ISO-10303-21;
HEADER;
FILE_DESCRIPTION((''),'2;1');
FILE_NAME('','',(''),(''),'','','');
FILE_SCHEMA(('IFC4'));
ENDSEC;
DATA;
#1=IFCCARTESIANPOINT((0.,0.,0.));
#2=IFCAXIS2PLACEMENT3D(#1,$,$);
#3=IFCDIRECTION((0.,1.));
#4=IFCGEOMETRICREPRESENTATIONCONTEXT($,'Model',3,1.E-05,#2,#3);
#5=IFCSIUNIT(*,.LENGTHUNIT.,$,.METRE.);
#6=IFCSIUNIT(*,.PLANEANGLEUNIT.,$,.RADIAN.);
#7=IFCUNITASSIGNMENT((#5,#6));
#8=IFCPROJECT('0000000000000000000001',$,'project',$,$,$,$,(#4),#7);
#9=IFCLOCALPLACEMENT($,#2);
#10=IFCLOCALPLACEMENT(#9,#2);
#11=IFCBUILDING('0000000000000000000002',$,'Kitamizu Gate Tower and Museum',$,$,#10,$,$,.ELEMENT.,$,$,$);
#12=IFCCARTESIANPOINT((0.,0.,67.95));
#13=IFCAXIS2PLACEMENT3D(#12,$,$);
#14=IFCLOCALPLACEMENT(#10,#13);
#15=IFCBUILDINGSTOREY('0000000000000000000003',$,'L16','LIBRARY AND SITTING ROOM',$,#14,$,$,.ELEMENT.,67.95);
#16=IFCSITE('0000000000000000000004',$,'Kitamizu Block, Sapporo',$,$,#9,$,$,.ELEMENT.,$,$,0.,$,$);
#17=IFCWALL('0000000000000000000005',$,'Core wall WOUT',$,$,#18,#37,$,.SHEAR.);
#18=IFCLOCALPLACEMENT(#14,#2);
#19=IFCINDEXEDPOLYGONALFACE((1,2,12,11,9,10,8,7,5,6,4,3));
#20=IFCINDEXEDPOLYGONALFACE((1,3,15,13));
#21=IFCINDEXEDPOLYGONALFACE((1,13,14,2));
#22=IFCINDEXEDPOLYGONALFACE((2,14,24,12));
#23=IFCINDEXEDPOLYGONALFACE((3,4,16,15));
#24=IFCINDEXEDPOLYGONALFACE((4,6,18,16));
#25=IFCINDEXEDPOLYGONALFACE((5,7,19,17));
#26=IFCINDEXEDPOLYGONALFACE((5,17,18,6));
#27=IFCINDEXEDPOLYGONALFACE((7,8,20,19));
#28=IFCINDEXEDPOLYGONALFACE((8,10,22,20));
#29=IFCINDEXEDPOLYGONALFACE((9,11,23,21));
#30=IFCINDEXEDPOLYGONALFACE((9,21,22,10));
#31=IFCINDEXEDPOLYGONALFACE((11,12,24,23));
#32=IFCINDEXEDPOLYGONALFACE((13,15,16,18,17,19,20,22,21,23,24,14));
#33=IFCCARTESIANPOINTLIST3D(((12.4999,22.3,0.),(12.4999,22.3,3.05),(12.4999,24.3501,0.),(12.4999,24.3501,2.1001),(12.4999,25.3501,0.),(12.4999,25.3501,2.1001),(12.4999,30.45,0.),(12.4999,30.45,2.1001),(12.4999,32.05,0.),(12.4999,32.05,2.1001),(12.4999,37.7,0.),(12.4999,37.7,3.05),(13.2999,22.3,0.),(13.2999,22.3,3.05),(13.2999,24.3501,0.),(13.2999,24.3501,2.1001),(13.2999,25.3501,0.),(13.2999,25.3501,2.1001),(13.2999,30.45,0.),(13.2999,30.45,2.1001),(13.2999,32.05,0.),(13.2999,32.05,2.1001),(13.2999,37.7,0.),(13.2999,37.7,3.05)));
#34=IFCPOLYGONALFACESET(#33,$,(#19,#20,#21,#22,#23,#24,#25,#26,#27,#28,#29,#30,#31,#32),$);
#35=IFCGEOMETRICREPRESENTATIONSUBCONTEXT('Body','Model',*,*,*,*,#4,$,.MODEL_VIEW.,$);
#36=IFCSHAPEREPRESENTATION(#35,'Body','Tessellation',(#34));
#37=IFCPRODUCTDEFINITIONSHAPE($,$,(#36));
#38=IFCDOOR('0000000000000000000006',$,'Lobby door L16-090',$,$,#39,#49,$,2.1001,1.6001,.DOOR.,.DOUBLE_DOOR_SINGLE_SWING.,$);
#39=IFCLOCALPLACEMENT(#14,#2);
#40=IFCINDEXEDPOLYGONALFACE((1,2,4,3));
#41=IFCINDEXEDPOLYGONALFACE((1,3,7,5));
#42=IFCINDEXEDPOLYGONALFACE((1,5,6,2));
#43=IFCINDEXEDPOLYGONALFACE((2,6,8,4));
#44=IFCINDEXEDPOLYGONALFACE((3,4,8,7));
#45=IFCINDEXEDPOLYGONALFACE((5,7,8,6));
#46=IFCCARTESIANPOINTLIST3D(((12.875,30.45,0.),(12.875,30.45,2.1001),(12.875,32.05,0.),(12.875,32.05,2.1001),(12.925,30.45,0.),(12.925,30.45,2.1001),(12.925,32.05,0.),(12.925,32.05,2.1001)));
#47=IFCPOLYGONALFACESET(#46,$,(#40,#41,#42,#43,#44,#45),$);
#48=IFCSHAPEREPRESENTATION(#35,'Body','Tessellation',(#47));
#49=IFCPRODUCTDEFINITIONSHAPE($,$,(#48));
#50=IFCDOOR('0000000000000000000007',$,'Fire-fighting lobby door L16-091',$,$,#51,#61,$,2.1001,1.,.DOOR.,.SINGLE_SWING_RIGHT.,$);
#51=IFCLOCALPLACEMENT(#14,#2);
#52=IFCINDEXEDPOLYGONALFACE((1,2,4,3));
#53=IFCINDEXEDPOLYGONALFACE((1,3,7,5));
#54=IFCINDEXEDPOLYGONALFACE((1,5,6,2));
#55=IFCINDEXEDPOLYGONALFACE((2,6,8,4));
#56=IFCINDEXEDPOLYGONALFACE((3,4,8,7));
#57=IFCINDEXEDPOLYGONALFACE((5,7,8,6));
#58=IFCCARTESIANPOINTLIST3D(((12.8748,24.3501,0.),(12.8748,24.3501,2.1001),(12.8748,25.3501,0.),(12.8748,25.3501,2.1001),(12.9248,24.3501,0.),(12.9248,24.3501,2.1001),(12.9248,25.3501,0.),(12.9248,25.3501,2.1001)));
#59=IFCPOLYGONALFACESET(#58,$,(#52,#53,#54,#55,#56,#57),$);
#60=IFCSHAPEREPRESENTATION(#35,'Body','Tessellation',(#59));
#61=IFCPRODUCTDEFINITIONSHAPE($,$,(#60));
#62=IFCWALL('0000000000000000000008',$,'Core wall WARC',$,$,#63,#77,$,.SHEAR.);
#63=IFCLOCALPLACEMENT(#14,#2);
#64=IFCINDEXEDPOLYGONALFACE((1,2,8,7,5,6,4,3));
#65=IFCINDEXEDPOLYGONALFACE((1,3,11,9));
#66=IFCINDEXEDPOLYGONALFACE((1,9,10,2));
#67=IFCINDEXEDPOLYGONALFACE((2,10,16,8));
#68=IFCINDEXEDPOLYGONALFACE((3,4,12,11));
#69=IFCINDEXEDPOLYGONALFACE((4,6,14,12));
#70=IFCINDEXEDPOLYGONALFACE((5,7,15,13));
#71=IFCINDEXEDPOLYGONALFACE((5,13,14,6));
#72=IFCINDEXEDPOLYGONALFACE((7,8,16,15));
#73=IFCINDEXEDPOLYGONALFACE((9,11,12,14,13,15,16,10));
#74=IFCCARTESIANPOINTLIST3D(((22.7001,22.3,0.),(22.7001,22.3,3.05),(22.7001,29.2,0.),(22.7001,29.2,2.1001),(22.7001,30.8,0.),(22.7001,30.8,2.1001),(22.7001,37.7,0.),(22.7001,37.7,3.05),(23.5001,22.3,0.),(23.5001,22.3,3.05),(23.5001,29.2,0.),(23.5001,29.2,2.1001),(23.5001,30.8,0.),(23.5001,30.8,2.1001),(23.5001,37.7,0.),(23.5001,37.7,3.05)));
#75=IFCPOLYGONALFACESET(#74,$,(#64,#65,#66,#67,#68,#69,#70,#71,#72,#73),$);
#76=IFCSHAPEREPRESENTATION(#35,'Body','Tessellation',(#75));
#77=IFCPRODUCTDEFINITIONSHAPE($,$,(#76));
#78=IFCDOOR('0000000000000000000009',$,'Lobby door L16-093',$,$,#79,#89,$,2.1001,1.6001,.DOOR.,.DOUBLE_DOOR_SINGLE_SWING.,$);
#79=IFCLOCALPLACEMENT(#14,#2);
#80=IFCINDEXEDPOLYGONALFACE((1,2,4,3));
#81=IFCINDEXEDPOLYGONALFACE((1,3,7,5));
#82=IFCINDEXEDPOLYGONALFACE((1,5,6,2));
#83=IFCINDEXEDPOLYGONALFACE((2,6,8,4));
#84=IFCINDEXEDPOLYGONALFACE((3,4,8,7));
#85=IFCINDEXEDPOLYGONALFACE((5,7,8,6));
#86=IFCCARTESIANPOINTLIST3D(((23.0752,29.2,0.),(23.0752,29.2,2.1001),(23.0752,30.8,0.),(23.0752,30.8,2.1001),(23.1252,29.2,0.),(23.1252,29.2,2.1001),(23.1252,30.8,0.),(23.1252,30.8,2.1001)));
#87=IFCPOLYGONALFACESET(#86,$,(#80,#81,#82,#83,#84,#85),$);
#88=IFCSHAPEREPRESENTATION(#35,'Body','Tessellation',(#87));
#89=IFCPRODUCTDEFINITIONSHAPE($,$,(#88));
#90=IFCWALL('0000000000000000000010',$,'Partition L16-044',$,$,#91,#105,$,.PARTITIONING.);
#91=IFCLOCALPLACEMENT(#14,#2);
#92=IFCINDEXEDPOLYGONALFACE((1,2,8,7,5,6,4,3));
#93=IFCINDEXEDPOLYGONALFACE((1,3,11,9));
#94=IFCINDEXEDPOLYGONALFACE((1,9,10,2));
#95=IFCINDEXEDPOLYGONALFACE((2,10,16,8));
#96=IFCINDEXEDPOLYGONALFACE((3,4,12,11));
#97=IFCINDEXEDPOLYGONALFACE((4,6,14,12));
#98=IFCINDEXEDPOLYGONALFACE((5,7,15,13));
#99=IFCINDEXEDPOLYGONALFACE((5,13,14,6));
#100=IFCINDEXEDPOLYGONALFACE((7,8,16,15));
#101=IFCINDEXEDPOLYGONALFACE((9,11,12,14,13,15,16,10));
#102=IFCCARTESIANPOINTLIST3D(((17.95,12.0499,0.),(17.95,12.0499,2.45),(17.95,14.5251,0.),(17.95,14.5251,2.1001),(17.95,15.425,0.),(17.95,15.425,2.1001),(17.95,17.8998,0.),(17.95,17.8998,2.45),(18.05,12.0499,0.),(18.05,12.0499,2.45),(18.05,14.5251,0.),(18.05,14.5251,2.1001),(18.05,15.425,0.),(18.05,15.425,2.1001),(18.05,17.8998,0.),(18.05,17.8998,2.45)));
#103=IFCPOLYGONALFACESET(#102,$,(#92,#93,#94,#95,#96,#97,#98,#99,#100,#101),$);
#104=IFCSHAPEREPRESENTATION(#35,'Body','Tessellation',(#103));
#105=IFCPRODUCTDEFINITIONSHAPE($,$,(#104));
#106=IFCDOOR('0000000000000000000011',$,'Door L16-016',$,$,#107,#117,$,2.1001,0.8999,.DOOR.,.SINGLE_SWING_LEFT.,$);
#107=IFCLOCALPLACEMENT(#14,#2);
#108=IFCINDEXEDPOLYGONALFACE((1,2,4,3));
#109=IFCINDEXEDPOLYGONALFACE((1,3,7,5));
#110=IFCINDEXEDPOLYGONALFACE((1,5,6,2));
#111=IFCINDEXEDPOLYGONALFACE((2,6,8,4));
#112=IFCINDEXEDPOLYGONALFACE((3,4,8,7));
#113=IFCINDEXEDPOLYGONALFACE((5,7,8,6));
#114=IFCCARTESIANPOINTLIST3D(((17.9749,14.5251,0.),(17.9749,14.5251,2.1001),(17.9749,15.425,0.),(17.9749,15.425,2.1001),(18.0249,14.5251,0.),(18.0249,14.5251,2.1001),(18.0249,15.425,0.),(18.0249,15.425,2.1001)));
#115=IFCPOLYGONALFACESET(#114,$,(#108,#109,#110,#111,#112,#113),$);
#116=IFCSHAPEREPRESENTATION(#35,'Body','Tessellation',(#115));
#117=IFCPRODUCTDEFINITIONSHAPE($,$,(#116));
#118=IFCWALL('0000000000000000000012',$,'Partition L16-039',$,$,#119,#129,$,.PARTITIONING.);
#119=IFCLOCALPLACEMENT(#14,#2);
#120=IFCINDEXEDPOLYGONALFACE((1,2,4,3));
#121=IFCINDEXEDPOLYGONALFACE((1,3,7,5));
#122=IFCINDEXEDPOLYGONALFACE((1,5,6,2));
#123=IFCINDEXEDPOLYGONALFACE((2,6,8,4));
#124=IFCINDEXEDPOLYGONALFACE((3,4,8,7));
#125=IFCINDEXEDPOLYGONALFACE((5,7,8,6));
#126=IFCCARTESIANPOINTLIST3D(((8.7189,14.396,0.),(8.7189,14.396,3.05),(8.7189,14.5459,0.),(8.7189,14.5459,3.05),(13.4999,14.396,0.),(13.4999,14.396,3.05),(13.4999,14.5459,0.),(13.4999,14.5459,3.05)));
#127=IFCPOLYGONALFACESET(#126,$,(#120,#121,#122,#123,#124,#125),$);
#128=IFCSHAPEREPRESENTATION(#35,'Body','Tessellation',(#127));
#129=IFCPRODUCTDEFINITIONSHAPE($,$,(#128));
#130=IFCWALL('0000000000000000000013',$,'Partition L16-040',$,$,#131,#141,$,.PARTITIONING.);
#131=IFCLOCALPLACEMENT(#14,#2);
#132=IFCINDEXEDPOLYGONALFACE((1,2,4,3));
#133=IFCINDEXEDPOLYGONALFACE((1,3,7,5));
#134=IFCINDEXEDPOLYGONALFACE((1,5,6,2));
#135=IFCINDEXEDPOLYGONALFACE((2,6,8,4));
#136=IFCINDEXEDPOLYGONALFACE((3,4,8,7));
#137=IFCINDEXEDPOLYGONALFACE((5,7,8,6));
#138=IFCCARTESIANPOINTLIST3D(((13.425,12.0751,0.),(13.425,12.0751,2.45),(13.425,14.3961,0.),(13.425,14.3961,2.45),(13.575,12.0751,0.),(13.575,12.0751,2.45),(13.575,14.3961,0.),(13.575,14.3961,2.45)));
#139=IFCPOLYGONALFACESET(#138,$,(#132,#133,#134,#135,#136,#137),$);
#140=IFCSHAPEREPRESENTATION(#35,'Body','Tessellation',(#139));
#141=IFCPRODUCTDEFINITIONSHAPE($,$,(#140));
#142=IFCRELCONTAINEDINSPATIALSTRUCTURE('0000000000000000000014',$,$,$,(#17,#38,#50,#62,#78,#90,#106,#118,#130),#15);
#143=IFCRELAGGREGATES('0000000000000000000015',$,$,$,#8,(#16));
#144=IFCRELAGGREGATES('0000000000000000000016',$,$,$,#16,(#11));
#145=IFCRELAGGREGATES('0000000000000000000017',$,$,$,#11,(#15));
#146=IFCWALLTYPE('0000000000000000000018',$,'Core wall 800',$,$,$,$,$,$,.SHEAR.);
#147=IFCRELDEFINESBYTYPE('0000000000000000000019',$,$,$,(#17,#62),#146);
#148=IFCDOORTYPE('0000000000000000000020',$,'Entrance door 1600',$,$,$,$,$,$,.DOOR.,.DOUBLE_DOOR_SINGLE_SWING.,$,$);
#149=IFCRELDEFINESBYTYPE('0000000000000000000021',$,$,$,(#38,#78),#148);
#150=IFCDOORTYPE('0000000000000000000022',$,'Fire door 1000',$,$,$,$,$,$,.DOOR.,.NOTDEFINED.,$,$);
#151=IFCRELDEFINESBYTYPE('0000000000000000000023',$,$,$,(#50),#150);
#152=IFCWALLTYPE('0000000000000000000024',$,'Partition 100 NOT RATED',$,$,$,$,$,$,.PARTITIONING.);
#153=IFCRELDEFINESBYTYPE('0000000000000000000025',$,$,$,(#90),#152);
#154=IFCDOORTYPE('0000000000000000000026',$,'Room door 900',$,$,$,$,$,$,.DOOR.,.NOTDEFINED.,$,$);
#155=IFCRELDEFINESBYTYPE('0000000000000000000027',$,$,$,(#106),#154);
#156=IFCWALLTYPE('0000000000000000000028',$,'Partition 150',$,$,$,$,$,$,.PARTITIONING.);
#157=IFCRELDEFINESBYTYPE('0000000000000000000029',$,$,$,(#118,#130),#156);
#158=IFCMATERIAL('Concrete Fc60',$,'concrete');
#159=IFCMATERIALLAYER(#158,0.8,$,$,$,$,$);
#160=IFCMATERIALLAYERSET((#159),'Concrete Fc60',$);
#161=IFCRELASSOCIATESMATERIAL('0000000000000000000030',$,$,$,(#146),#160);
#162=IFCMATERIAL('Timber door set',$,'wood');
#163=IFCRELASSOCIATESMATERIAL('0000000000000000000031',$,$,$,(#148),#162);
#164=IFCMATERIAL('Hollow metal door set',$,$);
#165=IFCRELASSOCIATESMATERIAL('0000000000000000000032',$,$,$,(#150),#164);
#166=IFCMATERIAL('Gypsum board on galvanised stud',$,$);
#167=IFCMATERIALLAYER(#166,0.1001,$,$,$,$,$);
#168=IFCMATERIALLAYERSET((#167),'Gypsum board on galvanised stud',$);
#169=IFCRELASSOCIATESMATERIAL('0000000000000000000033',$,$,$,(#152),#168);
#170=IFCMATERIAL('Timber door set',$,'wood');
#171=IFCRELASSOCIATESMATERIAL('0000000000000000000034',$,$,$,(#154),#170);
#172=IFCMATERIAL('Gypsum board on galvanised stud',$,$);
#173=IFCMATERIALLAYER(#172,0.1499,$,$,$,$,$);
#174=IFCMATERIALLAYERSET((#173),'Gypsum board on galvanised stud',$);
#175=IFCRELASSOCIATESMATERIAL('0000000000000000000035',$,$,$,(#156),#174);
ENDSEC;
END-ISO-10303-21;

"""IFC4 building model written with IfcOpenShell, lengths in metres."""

from ifc_helpers import new_model, si_unit, direction, frame, frame_2d, origin, place, context, subcontext, project, spatial, rectangle, extrude, material, layer, layer_set, type_object, element, fill, save


model = new_model("IFC4")

# Units and contexts
model_context = context("Model", 3, precision=1e-05, world=origin(), true_north=direction((0.0, 1.0)))
body_context = subcontext(model_context, "Body", "Model", "MODEL_VIEW")
ifc_project = project(units=[si_unit("LENGTHUNIT", "METRE"), si_unit("PLANEANGLEUNIT", "RADIAN")], contexts=[model_context])

# Site, building, storey
site_placement = place(None, origin())
site = spatial("IfcSite", under=ifc_project, at=site_placement, Name="Kitamizu Block, Sapporo", CompositionType="ELEMENT", RefElevation=0.0)
building_placement = place(site_placement, origin())
building = spatial("IfcBuilding", under=site, at=building_placement, Name="Kitamizu Gate Tower and Museum", CompositionType="ELEMENT")
storey_placement = place(building_placement, frame((0.0, 0.0, 67.95)))
storey = spatial("IfcBuildingStorey", under=building, at=storey_placement, Name="L16", Description="LIBRARY AND SITTING ROOM", CompositionType="ELEMENT", Elevation=67.95)

# Wall, openings, doors
ifc_material_1 = material(Name="Concrete Fc60", Category="concrete")
ifc_layer_1 = layer(ifc_material_1, 0.8)
ifc_layer_set_1 = layer_set([ifc_layer_1], Name="Concrete Fc60")
wall_type_1 = type_object("IfcWallType", Name="Core wall 800", PredefinedType="SHEAR", material=ifc_layer_set_1)
wall_1_placement = place(storey_placement, frame((12.8999, 22.3, 0.0), z_axis=(0.0, 0.0, 1.0), x_axis=(0.0, 1.0, 0.0)))
wall_1 = element("IfcWall", 1, at=wall_1_placement, inside=storey, type_object=wall_type_1, Name="Core wall WOUT", PredefinedType="SHEAR", context=body_context, shape_type="SweptSolid", body=[
    extrude(rectangle(XDim=15.3999, YDim=0.8, at=frame_2d((7.7, 0.0))), origin(), (0.0, 0.0, 1.0), 3.05),
])
opening_1_placement = place(wall_1_placement, frame((8.1499, 0.0, 0.0)))
opening_1 = element("IfcOpeningElement", 2, at=opening_1_placement, cuts=wall_1, PredefinedType="OPENING", context=body_context, shape_type="SweptSolid", body=[
    extrude(rectangle(XDim=1.6001, YDim=2.1001, at=frame_2d((0.8, 1.05))), frame((0.0, 0.4102, 0.0), z_axis=(0.0, -1.0, 0.0), x_axis=(1.0, 0.0, 0.0)), (0.0, 0.0, 1.0), 0.8201),
])
opening_2_placement = place(wall_1_placement, frame((2.05, 0.0, 0.0)))
opening_2 = element("IfcOpeningElement", 3, at=opening_2_placement, cuts=wall_1, PredefinedType="OPENING", context=body_context, shape_type="SweptSolid", body=[
    extrude(rectangle(XDim=1.0, YDim=2.1001, at=frame_2d((0.5, 1.05))), frame((0.0, 0.4102, 0.0), z_axis=(0.0, -1.0, 0.0), x_axis=(1.0, 0.0, 0.0)), (0.0, 0.0, 1.0), 0.8201),
])
ifc_material_2 = material(Name="Timber door set", Category="wood")
door_type_1 = type_object("IfcDoorType", Name="Entrance door 1600", OperationType="DOUBLE_DOOR_SINGLE_SWING", PredefinedType="DOOR", material=ifc_material_2)
door_1_placement = place(opening_1_placement, origin())
door_1 = element("IfcDoor", 4, at=door_1_placement, inside=storey, type_object=door_type_1, Name="Lobby door L16-090", OperationType="DOUBLE_DOOR_SINGLE_SWING", OverallHeight=2.1001, OverallWidth=1.6001, PredefinedType="DOOR", context=body_context, shape_type="SweptSolid", body=[
    extrude(rectangle(XDim=1.6001, YDim=2.1001, at=frame_2d((0.8, 1.05))), frame((0.0, 0.0249, 0.0), z_axis=(0.0, -1.0, 0.0), x_axis=(1.0, 0.0, 0.0)), (0.0, 0.0, 1.0), 0.05),
])
fill(opening_1, door_1)
ifc_material_3 = material(Name="Hollow metal door set")
door_type_2 = type_object("IfcDoorType", Name="Fire door 1000", OperationType="NOTDEFINED", PredefinedType="DOOR", material=ifc_material_3)
door_2_placement = place(opening_2_placement, frame((1.0, 0.0, 0.0), x_axis=(-1.0, 0.0, 0.0)))
door_2 = element("IfcDoor", 5, at=door_2_placement, inside=storey, type_object=door_type_2, Name="Fire-fighting lobby door L16-091", OperationType="SINGLE_SWING_RIGHT", OverallHeight=2.1001, OverallWidth=1.0, PredefinedType="DOOR", context=body_context, shape_type="SweptSolid", body=[
    extrude(rectangle(XDim=1.0, YDim=2.1001, at=frame_2d((0.5, 1.05))), frame((0.0, 0.0249, 0.0), z_axis=(0.0, -1.0, 0.0), x_axis=(1.0, 0.0, 0.0)), (0.0, 0.0, 1.0), 0.05),
])
fill(opening_2, door_2)

# Walls, openings, doors
wall_2_placement = place(storey_placement, frame((23.1001, 22.3, 0.0), z_axis=(0.0, 0.0, 1.0), x_axis=(0.0, 1.0, 0.0)))
wall_2 = element("IfcWall", 6, at=wall_2_placement, inside=storey, type_object=wall_type_1, Name="Core wall WARC", PredefinedType="SHEAR", context=body_context, shape_type="SweptSolid", body=[
    extrude(rectangle(XDim=15.3999, YDim=0.8, at=frame_2d((7.7, 0.0))), origin(), (0.0, 0.0, 1.0), 3.05),
])
opening_3_placement = place(wall_2_placement, frame((6.8999, 0.0, 0.0)))
opening_3 = element("IfcOpeningElement", 7, at=opening_3_placement, cuts=wall_2, PredefinedType="OPENING", context=body_context, shape_type="SweptSolid", body=[
    extrude(rectangle(XDim=1.6001, YDim=2.1001, at=frame_2d((0.8, 1.05))), frame((0.0, 0.4102, 0.0), z_axis=(0.0, -1.0, 0.0), x_axis=(1.0, 0.0, 0.0)), (0.0, 0.0, 1.0), 0.8201),
])
door_3_placement = place(opening_3_placement, origin())
door_3 = element("IfcDoor", 8, at=door_3_placement, inside=storey, type_object=door_type_1, Name="Lobby door L16-093", OperationType="DOUBLE_DOOR_SINGLE_SWING", OverallHeight=2.1001, OverallWidth=1.6001, PredefinedType="DOOR", context=body_context, shape_type="SweptSolid", body=[
    extrude(rectangle(XDim=1.6001, YDim=2.1001, at=frame_2d((0.8, 1.05))), frame((0.0, 0.0249, 0.0), z_axis=(0.0, -1.0, 0.0), x_axis=(1.0, 0.0, 0.0)), (0.0, 0.0, 1.0), 0.05),
])
fill(opening_3, door_3)
ifc_material_4 = material(Name="Gypsum board on galvanised stud")
ifc_layer_2 = layer(ifc_material_4, 0.1001)
ifc_layer_set_2 = layer_set([ifc_layer_2], Name="Gypsum board on galvanised stud")
wall_type_2 = type_object("IfcWallType", Name="Partition 100 NOT RATED", PredefinedType="PARTITIONING", material=ifc_layer_set_2)
wall_3_placement = place(storey_placement, frame((18.0, 12.05, 0.0), z_axis=(0.0, 0.0, 1.0), x_axis=(0.0, 1.0, 0.0)))
wall_3 = element("IfcWall", 9, at=wall_3_placement, inside=storey, type_object=wall_type_2, Name="Partition L16-044", PredefinedType="PARTITIONING", context=body_context, shape_type="SweptSolid", body=[
    extrude(rectangle(XDim=5.8499, YDim=0.1001, at=frame_2d((2.9248, 0.0))), origin(), (0.0, 0.0, 1.0), 2.45),
])
opening_4_placement = place(wall_3_placement, frame((2.4751, 0.0, 0.0)))
opening_4 = element("IfcOpeningElement", 10, at=opening_4_placement, cuts=wall_3, PredefinedType="OPENING", context=body_context, shape_type="SweptSolid", body=[
    extrude(rectangle(XDim=0.8999, YDim=2.1001, at=frame_2d((0.45, 1.05))), frame((0.0, 0.0601, 0.0), z_axis=(0.0, -1.0, 0.0), x_axis=(1.0, 0.0, 0.0)), (0.0, 0.0, 1.0), 0.1201),
])
ifc_material_5 = material(Name="Timber door set", Category="wood")
door_type_3 = type_object("IfcDoorType", Name="Room door 900", OperationType="NOTDEFINED", PredefinedType="DOOR", material=ifc_material_5)
door_4_placement = place(opening_4_placement, frame((0.8999, 0.0, 0.0), x_axis=(-1.0, 0.0, 0.0)))
door_4 = element("IfcDoor", 11, at=door_4_placement, inside=storey, type_object=door_type_3, Name="Door L16-016", OperationType="SINGLE_SWING_LEFT", OverallHeight=2.1001, OverallWidth=0.8999, PredefinedType="DOOR", context=body_context, shape_type="SweptSolid", body=[
    extrude(rectangle(XDim=0.8999, YDim=2.1001, at=frame_2d((0.45, 1.05))), frame((0.0, 0.0249, 0.0), z_axis=(0.0, -1.0, 0.0), x_axis=(1.0, 0.0, 0.0)), (0.0, 0.0, 1.0), 0.05),
])
fill(opening_4, door_4)

# Walls
ifc_material_6 = material(Name="Gypsum board on galvanised stud")
ifc_layer_3 = layer(ifc_material_6, 0.1499)
ifc_layer_set_3 = layer_set([ifc_layer_3], Name="Gypsum board on galvanised stud")
wall_type_3 = type_object("IfcWallType", Name="Partition 150", PredefinedType="PARTITIONING", material=ifc_layer_set_3)
wall_4_placement = place(storey_placement, frame((13.5, 14.4709, 0.0), z_axis=(0.0, 0.0, 1.0), x_axis=(-1.0, 0.0, 0.0)))
element("IfcWall", 12, at=wall_4_placement, inside=storey, type_object=wall_type_3, Name="Partition L16-039", PredefinedType="PARTITIONING", context=body_context, shape_type="SweptSolid", body=[
    extrude(rectangle(XDim=4.781, YDim=0.1499, at=frame_2d((2.3906, 0.0))), origin(), (0.0, 0.0, 1.0), 3.05),
])
wall_5_placement = place(storey_placement, frame((13.5, 12.075, 0.0), z_axis=(0.0, 0.0, 1.0), x_axis=(0.0, 1.0, 0.0)))
element("IfcWall", 13, at=wall_5_placement, inside=storey, type_object=wall_type_3, Name="Partition L16-040", PredefinedType="PARTITIONING", context=body_context, shape_type="SweptSolid", body=[
    extrude(rectangle(XDim=2.321, YDim=0.1499, at=frame_2d((1.1606, 0.0))), origin(), (0.0, 0.0, 1.0), 2.45),
])

save(model, "model.ifc")
